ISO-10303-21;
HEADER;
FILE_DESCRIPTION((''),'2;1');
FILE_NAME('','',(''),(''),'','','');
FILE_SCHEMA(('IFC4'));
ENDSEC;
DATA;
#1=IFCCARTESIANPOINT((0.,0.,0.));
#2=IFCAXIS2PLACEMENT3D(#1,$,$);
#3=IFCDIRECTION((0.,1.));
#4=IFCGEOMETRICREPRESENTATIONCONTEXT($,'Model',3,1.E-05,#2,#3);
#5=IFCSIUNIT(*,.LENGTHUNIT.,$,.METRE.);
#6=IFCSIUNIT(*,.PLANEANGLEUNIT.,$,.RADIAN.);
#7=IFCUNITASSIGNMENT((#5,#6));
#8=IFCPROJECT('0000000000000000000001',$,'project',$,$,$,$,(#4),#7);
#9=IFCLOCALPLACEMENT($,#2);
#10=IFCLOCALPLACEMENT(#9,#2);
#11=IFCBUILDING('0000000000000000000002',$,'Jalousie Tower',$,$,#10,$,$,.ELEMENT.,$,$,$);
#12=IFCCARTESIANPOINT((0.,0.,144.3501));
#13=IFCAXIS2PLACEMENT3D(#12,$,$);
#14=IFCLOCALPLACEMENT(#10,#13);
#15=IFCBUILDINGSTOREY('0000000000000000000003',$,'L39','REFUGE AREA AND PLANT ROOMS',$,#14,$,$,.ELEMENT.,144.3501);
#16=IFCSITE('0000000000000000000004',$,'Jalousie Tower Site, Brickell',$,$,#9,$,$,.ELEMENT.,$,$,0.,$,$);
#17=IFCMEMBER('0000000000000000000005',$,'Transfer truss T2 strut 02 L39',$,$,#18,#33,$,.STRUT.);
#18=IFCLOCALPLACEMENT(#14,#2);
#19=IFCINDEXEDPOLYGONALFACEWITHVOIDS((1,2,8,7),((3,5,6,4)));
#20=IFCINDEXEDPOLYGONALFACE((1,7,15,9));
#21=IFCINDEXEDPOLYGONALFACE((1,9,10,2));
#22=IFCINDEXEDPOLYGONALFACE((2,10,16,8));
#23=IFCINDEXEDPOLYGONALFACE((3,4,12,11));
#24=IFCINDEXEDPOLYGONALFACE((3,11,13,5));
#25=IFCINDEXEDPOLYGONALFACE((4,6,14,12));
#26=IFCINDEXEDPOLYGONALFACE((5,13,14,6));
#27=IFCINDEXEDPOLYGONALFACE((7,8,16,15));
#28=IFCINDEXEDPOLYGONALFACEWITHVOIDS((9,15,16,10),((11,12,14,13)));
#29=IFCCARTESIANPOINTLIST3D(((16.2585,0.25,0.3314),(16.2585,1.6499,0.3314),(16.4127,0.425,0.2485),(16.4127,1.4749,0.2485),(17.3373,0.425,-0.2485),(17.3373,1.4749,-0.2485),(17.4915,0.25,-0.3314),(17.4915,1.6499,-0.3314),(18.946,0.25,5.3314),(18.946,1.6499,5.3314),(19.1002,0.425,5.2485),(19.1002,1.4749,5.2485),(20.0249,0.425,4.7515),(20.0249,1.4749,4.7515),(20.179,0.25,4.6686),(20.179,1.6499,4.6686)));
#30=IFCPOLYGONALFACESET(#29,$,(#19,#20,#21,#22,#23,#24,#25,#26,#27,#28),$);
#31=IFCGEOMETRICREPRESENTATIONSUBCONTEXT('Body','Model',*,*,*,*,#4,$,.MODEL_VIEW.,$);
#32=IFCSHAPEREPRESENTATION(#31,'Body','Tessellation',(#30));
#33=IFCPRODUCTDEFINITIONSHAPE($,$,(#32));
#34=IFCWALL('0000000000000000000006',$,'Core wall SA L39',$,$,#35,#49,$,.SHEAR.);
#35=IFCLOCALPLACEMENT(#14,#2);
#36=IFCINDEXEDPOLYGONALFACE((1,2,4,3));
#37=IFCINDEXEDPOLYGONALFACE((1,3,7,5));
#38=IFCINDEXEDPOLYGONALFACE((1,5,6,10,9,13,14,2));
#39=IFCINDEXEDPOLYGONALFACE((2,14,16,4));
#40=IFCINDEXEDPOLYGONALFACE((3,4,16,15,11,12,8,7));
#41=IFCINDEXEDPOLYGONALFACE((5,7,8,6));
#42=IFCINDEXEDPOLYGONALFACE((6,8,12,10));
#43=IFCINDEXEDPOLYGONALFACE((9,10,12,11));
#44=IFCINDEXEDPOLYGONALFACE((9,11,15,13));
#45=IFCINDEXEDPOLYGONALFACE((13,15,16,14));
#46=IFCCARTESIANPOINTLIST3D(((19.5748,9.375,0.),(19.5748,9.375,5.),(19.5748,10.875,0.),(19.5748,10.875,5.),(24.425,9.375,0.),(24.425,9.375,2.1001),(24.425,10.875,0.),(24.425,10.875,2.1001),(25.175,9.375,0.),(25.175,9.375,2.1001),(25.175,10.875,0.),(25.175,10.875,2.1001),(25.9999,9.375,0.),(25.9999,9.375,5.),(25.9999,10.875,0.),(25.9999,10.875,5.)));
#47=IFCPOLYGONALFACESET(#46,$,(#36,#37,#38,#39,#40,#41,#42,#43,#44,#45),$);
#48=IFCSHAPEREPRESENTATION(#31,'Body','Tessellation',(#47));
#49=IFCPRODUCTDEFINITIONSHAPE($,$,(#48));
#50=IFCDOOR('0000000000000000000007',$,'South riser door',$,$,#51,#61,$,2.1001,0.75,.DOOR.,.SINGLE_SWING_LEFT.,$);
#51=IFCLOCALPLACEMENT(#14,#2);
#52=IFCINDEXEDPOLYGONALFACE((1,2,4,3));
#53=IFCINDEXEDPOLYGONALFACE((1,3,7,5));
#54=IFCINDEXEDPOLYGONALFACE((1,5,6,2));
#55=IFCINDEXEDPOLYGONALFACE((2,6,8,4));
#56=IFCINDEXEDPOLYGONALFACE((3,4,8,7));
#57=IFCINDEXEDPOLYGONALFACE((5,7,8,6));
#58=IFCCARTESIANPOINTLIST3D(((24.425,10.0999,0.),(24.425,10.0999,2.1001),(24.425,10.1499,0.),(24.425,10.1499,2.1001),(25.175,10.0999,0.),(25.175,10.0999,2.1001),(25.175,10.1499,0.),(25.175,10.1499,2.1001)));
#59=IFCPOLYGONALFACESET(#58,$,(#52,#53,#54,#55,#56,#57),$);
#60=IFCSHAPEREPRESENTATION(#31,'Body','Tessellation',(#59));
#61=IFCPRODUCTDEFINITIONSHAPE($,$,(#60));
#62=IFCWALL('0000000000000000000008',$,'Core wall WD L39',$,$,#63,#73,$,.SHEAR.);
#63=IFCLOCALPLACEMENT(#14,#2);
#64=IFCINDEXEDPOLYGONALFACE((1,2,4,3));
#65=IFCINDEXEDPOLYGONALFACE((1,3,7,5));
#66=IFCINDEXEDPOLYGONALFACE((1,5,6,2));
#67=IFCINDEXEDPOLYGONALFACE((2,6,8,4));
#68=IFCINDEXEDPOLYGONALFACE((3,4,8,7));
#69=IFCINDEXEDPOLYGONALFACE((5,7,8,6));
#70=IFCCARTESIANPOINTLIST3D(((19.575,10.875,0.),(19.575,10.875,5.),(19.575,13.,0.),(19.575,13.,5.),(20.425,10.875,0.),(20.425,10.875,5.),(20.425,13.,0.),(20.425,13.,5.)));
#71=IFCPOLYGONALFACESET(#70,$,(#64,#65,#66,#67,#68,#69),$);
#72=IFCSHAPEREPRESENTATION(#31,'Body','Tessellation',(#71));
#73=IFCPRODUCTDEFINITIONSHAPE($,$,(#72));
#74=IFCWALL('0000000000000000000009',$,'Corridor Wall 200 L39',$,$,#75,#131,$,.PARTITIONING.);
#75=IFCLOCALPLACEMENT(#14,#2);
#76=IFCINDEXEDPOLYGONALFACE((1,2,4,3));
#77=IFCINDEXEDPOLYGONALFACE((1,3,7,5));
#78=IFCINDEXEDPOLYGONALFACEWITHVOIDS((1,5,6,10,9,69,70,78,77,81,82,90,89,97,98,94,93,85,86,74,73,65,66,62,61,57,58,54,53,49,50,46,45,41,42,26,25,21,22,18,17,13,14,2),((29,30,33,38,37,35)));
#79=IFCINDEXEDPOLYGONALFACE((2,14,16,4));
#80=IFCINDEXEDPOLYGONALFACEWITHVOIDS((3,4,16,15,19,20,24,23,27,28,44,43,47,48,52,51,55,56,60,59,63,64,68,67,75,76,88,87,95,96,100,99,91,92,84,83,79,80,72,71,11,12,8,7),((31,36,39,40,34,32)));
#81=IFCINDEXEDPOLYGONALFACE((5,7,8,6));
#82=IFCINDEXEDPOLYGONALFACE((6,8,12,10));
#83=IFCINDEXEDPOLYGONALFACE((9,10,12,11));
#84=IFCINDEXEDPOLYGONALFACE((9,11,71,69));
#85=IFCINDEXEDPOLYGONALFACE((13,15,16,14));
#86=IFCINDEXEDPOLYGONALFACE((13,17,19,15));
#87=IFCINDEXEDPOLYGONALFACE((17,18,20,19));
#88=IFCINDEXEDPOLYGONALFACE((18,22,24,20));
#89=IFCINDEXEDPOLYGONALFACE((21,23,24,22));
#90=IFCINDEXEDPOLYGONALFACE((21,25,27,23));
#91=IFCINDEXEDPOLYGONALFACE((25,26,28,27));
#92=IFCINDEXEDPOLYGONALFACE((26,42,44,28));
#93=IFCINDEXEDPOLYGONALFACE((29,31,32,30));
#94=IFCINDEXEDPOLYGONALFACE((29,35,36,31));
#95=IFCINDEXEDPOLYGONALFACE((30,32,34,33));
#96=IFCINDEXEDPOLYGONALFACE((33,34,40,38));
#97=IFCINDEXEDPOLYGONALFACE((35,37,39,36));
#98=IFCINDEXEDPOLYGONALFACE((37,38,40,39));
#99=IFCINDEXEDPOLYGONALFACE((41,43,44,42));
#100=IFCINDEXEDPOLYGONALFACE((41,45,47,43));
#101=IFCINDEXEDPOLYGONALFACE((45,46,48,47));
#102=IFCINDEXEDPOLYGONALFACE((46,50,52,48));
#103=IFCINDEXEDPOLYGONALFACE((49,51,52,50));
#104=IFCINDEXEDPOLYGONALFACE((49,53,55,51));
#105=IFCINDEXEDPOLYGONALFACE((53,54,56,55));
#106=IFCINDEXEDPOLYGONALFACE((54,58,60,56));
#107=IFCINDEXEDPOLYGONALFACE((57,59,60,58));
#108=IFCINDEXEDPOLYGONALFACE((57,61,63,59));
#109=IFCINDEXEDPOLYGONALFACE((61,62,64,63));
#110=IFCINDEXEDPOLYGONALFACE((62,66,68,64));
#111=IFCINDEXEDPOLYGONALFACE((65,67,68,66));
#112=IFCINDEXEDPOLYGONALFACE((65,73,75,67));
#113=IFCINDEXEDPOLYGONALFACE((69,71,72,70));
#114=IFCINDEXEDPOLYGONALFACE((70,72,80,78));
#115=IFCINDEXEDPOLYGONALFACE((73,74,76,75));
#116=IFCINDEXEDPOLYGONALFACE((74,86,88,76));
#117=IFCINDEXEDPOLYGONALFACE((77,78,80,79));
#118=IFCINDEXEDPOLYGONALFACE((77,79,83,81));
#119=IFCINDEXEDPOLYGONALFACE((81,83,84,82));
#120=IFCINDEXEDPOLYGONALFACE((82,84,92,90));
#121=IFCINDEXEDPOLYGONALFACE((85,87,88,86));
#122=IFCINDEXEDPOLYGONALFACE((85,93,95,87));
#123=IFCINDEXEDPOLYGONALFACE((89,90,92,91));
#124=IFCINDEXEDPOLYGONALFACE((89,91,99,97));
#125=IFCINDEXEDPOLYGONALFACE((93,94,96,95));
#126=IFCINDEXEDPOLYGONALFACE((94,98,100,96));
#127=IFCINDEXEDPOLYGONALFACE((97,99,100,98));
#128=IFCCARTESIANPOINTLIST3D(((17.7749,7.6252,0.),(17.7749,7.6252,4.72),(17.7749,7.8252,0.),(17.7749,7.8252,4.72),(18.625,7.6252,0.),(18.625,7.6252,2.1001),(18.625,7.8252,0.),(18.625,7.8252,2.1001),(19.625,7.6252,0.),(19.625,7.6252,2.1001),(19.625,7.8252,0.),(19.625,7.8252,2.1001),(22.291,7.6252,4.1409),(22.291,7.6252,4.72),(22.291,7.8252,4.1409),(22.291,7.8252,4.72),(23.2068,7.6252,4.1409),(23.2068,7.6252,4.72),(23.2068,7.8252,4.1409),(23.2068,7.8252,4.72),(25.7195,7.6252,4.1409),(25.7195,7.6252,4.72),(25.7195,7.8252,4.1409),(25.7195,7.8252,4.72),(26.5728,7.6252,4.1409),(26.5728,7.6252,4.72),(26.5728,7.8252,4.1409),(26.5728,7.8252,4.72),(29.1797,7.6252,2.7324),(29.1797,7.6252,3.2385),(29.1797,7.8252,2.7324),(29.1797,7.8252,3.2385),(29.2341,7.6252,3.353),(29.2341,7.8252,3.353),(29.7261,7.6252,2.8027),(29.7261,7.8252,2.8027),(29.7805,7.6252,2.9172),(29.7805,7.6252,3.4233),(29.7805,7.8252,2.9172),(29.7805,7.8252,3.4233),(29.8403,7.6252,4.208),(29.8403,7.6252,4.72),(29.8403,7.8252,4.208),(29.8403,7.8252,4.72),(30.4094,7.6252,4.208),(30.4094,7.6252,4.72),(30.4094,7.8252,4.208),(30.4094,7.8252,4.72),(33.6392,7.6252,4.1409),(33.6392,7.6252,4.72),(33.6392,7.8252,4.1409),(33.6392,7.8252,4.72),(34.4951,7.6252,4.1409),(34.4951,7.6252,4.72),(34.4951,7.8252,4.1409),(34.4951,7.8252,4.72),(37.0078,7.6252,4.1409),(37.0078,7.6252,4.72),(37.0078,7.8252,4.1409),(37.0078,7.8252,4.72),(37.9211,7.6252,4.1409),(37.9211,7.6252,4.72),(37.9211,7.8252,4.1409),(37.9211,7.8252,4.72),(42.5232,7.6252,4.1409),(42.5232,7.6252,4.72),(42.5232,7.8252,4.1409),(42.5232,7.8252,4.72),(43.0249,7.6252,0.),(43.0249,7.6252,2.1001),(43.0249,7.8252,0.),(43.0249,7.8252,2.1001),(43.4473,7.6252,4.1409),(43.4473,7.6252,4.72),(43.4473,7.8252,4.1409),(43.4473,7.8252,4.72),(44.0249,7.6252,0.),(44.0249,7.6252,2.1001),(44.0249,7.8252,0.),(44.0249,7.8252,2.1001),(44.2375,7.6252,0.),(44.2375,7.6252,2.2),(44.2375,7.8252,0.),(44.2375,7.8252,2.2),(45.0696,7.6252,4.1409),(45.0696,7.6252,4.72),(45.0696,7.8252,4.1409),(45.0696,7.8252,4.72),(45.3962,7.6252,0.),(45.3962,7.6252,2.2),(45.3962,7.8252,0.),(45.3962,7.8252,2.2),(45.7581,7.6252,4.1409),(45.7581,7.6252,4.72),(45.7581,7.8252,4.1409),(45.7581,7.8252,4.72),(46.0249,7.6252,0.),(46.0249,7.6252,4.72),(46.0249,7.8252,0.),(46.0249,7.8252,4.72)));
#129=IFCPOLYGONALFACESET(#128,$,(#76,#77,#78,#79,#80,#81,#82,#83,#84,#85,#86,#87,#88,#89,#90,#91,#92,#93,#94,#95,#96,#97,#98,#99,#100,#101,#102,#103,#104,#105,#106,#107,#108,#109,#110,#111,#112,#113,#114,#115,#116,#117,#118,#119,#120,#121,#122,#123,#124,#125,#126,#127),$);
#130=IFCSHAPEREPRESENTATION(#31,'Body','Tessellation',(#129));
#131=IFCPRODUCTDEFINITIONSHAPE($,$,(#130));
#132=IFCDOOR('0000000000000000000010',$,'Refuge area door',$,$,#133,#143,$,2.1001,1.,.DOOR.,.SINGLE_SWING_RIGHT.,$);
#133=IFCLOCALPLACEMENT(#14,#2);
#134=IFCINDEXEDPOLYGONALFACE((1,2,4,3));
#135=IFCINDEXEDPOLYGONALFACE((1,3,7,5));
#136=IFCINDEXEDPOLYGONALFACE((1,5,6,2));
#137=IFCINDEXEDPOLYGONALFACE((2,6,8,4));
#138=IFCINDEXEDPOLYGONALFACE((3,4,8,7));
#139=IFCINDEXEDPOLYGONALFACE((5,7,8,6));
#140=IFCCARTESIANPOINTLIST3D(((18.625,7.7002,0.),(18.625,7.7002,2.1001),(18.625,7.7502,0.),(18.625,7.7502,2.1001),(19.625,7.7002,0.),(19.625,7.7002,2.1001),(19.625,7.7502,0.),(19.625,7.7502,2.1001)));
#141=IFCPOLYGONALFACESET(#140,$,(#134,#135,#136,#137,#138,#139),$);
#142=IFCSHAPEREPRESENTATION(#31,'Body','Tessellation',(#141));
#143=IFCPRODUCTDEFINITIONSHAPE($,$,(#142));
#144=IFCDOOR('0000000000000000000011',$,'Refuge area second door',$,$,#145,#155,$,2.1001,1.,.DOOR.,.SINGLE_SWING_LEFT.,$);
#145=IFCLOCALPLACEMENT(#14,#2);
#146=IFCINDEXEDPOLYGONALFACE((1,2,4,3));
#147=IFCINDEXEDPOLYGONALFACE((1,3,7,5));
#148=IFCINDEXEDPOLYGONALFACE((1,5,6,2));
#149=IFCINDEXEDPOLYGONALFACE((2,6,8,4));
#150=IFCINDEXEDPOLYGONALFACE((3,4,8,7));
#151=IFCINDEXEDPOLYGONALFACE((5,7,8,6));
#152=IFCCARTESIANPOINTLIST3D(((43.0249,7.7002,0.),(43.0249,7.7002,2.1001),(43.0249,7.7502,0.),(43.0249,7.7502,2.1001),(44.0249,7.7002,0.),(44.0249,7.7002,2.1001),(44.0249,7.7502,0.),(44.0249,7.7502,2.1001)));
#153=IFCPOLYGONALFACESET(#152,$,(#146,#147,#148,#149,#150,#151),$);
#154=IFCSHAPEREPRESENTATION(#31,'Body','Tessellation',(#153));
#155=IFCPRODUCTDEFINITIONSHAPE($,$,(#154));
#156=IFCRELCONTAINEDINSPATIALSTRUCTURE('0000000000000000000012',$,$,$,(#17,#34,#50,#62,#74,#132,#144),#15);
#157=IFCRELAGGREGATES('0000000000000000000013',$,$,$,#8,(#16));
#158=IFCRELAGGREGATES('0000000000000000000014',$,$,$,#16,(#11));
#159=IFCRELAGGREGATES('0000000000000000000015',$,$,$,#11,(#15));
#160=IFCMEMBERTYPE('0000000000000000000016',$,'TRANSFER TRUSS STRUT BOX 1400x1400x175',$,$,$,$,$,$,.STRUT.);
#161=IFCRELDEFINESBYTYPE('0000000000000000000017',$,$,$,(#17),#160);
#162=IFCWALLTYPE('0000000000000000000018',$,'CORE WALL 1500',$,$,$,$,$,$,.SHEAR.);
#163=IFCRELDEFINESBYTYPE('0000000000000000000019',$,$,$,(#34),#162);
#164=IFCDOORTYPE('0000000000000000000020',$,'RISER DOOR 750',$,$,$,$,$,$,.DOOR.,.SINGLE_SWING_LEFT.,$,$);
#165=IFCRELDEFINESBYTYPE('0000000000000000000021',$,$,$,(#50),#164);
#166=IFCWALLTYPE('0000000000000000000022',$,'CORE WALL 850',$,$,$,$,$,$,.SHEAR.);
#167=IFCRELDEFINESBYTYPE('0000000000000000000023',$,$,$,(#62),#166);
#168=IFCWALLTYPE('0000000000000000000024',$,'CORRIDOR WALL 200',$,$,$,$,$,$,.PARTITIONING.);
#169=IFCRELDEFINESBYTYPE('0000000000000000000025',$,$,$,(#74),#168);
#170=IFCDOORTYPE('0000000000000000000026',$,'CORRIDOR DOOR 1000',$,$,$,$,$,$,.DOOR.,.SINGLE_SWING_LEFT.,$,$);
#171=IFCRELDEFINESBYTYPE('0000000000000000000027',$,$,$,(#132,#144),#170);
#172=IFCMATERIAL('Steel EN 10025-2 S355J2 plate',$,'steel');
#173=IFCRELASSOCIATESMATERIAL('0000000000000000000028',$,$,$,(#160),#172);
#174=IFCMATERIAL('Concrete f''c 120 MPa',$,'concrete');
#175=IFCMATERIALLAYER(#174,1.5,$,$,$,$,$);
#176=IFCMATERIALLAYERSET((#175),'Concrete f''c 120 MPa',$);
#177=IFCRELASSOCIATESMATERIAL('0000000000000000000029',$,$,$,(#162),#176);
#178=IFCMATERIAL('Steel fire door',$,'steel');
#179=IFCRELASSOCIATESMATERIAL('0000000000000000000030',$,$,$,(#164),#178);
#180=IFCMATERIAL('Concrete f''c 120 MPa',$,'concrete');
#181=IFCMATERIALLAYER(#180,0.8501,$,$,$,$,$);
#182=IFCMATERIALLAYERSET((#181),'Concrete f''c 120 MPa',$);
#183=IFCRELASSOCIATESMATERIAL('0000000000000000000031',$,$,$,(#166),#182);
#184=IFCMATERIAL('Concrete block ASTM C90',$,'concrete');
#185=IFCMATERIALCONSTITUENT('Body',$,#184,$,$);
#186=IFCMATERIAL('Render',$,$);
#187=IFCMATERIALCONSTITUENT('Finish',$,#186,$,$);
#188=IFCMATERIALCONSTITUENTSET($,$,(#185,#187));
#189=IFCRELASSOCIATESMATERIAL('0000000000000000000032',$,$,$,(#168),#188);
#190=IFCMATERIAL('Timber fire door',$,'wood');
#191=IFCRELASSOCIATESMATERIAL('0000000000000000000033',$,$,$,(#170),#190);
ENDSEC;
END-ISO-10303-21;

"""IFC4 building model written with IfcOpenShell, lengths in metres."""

from ifc_helpers import new_model, si_unit, direction, frame, frame_2d, origin, origin_2d, place, context, subcontext, project, spatial, polyline, rectangle, hollow_rectangle, outline, extrude, material, layer, layer_set, constituent, constituent_set, material_profile, profile_set, type_object, element, fill, save


model = new_model("IFC4")

# Units and contexts
model_context = context("Model", 3, precision=1e-05, world=origin(), true_north=direction((0.0, 1.0)))
body_context = subcontext(model_context, "Body", "Model", "MODEL_VIEW")
ifc_project = project(units=[si_unit("LENGTHUNIT", "METRE"), si_unit("PLANEANGLEUNIT", "RADIAN")], contexts=[model_context])

# Site, building, storey
site_placement = place(None, origin())
site = spatial("IfcSite", under=ifc_project, at=site_placement, Name="Jalousie Tower Site, Brickell", CompositionType="ELEMENT", RefElevation=0.0)
building_placement = place(site_placement, origin())
building = spatial("IfcBuilding", under=site, at=building_placement, Name="Jalousie Tower", CompositionType="ELEMENT")
storey_placement = place(building_placement, frame((0.0, 0.0, 144.3501)))
storey = spatial("IfcBuildingStorey", under=building, at=storey_placement, Name="L39", Description="REFUGE AREA AND PLANT ROOMS", CompositionType="ELEMENT", Elevation=144.3501)

# Member
ifc_material_1 = material(Name="Steel EN 10025-2 S355J2 plate", Category="steel")
ifc_material_profile_1 = material_profile(ifc_material_1, hollow_rectangle(XDim=1.3999, YDim=1.3999, WallThickness=0.175, at=origin_2d()), Name="BOX 1400x1400x175")
ifc_profile_set_1 = profile_set([ifc_material_profile_1], Name="Steel EN 10025-2 S355J2 plate")
member_type_1 = type_object("IfcMemberType", Name="TRANSFER TRUSS STRUT BOX 1400x1400x175", PredefinedType="STRUT", material=ifc_profile_set_1)
member_1_placement = place(storey_placement, frame((16.875, 0.95, 0.0), z_axis=(0.473443, 0.0, 0.880824), x_axis=(0.0, 1.0, 0.0)))
element("IfcMember", 1, at=member_1_placement, inside=storey, type_object=member_type_1, Name="Transfer truss T2 strut 02 L39", PredefinedType="STRUT", context=body_context, shape_type="SweptSolid", body=[
    extrude(hollow_rectangle(XDim=1.3999, YDim=1.3999, WallThickness=0.175, at=origin_2d()), origin(), (0.0, 0.0, 1.0), 5.6765),
])

# Wall, opening, door
ifc_material_2 = material(Name="Concrete f'c 120 MPa", Category="concrete")
ifc_layer_1 = layer(ifc_material_2, 1.5)
ifc_layer_set_1 = layer_set([ifc_layer_1], Name="Concrete f'c 120 MPa")
wall_type_1 = type_object("IfcWallType", Name="CORE WALL 1500", PredefinedType="SHEAR", material=ifc_layer_set_1)
wall_1_placement = place(storey_placement, frame((19.575, 10.125, 0.0), z_axis=(0.0, 0.0, 1.0), x_axis=(1.0, 0.0, 0.0)))
wall_1 = element("IfcWall", 2, at=wall_1_placement, inside=storey, type_object=wall_type_1, Name="Core wall SA L39", PredefinedType="SHEAR", context=body_context, shape_type="SweptSolid", body=[
    extrude(rectangle(XDim=6.425, YDim=1.5, at=frame_2d((3.2124, 0.0))), origin(), (0.0, 0.0, 1.0), 5.0),
])
opening_1_placement = place(wall_1_placement, frame((4.8501, 0.0, 0.0)))
opening_1 = element("IfcOpeningElement", 3, at=opening_1_placement, cuts=wall_1, PredefinedType="OPENING", context=body_context, shape_type="SweptSolid", body=[
    extrude(rectangle(XDim=0.75, YDim=2.1001, at=frame_2d((0.375, 1.05))), frame((0.0, 0.76, 0.0), z_axis=(0.0, -1.0, 0.0), x_axis=(1.0, 0.0, 0.0)), (0.0, 0.0, 1.0), 1.52),
])
ifc_material_3 = material(Name="Steel fire door", Category="steel")
door_type_1 = type_object("IfcDoorType", Name="RISER DOOR 750", OperationType="SINGLE_SWING_LEFT", PredefinedType="DOOR", material=ifc_material_3)
door_1_placement = place(opening_1_placement, origin())
door_1 = element("IfcDoor", 4, at=door_1_placement, inside=storey, type_object=door_type_1, Name="South riser door", OperationType="SINGLE_SWING_LEFT", OverallHeight=2.1001, OverallWidth=0.75, PredefinedType="DOOR", context=body_context, shape_type="SweptSolid", body=[
    extrude(rectangle(XDim=0.75, YDim=2.1001, at=frame_2d((0.375, 1.05))), frame((0.0, 0.0249, 0.0), z_axis=(0.0, -1.0, 0.0), x_axis=(1.0, 0.0, 0.0)), (0.0, 0.0, 1.0), 0.05),
])
fill(opening_1, door_1)

# Wall
ifc_material_4 = material(Name="Concrete f'c 120 MPa", Category="concrete")
ifc_layer_2 = layer(ifc_material_4, 0.8501)
ifc_layer_set_2 = layer_set([ifc_layer_2], Name="Concrete f'c 120 MPa")
wall_type_2 = type_object("IfcWallType", Name="CORE WALL 850", PredefinedType="SHEAR", material=ifc_layer_set_2)
wall_2_placement = place(storey_placement, frame((20.0, 13.0, 0.0), z_axis=(0.0, 0.0, 1.0), x_axis=(0.0, -1.0, 0.0)))
element("IfcWall", 5, at=wall_2_placement, inside=storey, type_object=wall_type_2, Name="Core wall WD L39", PredefinedType="SHEAR", context=body_context, shape_type="SweptSolid", body=[
    extrude(rectangle(XDim=2.125, YDim=0.8501, at=frame_2d((1.0625, 0.0))), origin(), (0.0, 0.0, 1.0), 5.0),
])

# Wall, openings, doors
ifc_material_5 = material(Name="Concrete block ASTM C90", Category="concrete")
ifc_constituent_1 = constituent(ifc_material_5, Name="Body")
ifc_material_6 = material(Name="Render")
ifc_constituent_2 = constituent(ifc_material_6, Name="Finish")
ifc_constituent_set = constituent_set(constituents=[ifc_constituent_1, ifc_constituent_2])
wall_type_3 = type_object("IfcWallType", Name="CORRIDOR WALL 200", PredefinedType="PARTITIONING", material=ifc_constituent_set)
wall_3_placement = place(storey_placement, frame((17.7749, 7.7251, 0.0), z_axis=(0.0, 0.0, 1.0), x_axis=(1.0, 0.0, 0.0)))
wall_3 = element("IfcWall", 6, at=wall_3_placement, inside=storey, type_object=wall_type_3, Name="Corridor Wall 200 L39", PredefinedType="PARTITIONING", context=body_context, shape_type="SweptSolid", body=[
    extrude(outline(polyline([(28.25, 0.0), (28.25, 4.72), (27.9832, 4.72), (27.9832, 4.1409), (27.2947, 4.1409), (27.2947, 4.72), (25.6724, 4.72), (25.6724, 4.1409), (24.7483, 4.1409), (24.7483, 4.72), (20.1462, 4.72), (20.1462, 4.1409), (19.2329, 4.1409), (19.2329, 4.72), (16.7202, 4.72), (16.7202, 4.1409), (15.8643, 4.1409), (15.8643, 4.72), (12.6345, 4.72), (12.6345, 4.208), (12.0654, 4.208), (12.0654, 4.72), (8.7979, 4.72), (8.7979, 4.1409), (7.9446, 4.1409), (7.9446, 4.72), (5.4319, 4.72), (5.4319, 4.1409), (4.5161, 4.1409), (4.5161, 4.72), (0.0, 4.72), (0.0, 0.0), (26.4626, 0.0), (26.4626, 2.2), (27.6213, 2.2), (27.6213, 0.0), (28.25, 0.0)]), holes=[polyline([(11.4048, 3.2385), (11.4592, 3.353), (12.0056, 3.4233), (12.0056, 2.9172), (11.9512, 2.8027), (11.4048, 2.7324), (11.4048, 3.2385)])]), frame((0.0, 0.1001, 0.0), z_axis=(0.0, -1.0, 0.0), x_axis=(1.0, 0.0, 0.0)), (0.0, 0.0, 1.0), 0.2),
])
opening_2_placement = place(wall_3_placement, frame((0.8501, 0.0, 0.0)))
opening_2 = element("IfcOpeningElement", 7, at=opening_2_placement, cuts=wall_3, PredefinedType="OPENING", context=body_context, shape_type="SweptSolid", body=[
    extrude(rectangle(XDim=1.0, YDim=2.1001, at=frame_2d((0.5, 1.05))), frame((0.0, 0.1099, 0.0), z_axis=(0.0, -1.0, 0.0), x_axis=(1.0, 0.0, 0.0)), (0.0, 0.0, 1.0), 0.22),
])
opening_3_placement = place(wall_3_placement, frame((25.25, 0.0, 0.0)))
opening_3 = element("IfcOpeningElement", 8, at=opening_3_placement, cuts=wall_3, PredefinedType="OPENING", context=body_context, shape_type="SweptSolid", body=[
    extrude(rectangle(XDim=1.0, YDim=2.1001, at=frame_2d((0.5, 1.05))), frame((0.0, 0.1099, 0.0), z_axis=(0.0, -1.0, 0.0), x_axis=(1.0, 0.0, 0.0)), (0.0, 0.0, 1.0), 0.22),
])
ifc_material_7 = material(Name="Timber fire door", Category="wood")
door_type_2 = type_object("IfcDoorType", Name="CORRIDOR DOOR 1000", OperationType="SINGLE_SWING_LEFT", PredefinedType="DOOR", material=ifc_material_7)
door_2_placement = place(opening_2_placement, frame((1.0, 0.0, 0.0), z_axis=(0.0, 0.0, 1.0), x_axis=(-1.0, 0.0, 0.0)))
door_2 = element("IfcDoor", 9, at=door_2_placement, inside=storey, type_object=door_type_2, Name="Refuge area door", OperationType="SINGLE_SWING_RIGHT", OverallHeight=2.1001, OverallWidth=1.0, PredefinedType="DOOR", context=body_context, shape_type="SweptSolid", body=[
    extrude(rectangle(XDim=1.0, YDim=2.1001, at=frame_2d((0.5, 1.05))), frame((0.0, 0.0249, 0.0), z_axis=(0.0, -1.0, 0.0), x_axis=(1.0, 0.0, 0.0)), (0.0, 0.0, 1.0), 0.05),
])
fill(opening_2, door_2)
door_3_placement = place(opening_3_placement, frame((1.0, 0.0, 0.0), z_axis=(0.0, 0.0, 1.0), x_axis=(-1.0, 0.0, 0.0)))
door_3 = element("IfcDoor", 10, at=door_3_placement, inside=storey, type_object=door_type_2, Name="Refuge area second door", OperationType="SINGLE_SWING_LEFT", OverallHeight=2.1001, OverallWidth=1.0, PredefinedType="DOOR", context=body_context, shape_type="SweptSolid", body=[
    extrude(rectangle(XDim=1.0, YDim=2.1001, at=frame_2d((0.5, 1.05))), frame((0.0, 0.0249, 0.0), z_axis=(0.0, -1.0, 0.0), x_axis=(1.0, 0.0, 0.0)), (0.0, 0.0, 1.0), 0.05),
])
fill(opening_3, door_3)

save(model, "model.ifc")
